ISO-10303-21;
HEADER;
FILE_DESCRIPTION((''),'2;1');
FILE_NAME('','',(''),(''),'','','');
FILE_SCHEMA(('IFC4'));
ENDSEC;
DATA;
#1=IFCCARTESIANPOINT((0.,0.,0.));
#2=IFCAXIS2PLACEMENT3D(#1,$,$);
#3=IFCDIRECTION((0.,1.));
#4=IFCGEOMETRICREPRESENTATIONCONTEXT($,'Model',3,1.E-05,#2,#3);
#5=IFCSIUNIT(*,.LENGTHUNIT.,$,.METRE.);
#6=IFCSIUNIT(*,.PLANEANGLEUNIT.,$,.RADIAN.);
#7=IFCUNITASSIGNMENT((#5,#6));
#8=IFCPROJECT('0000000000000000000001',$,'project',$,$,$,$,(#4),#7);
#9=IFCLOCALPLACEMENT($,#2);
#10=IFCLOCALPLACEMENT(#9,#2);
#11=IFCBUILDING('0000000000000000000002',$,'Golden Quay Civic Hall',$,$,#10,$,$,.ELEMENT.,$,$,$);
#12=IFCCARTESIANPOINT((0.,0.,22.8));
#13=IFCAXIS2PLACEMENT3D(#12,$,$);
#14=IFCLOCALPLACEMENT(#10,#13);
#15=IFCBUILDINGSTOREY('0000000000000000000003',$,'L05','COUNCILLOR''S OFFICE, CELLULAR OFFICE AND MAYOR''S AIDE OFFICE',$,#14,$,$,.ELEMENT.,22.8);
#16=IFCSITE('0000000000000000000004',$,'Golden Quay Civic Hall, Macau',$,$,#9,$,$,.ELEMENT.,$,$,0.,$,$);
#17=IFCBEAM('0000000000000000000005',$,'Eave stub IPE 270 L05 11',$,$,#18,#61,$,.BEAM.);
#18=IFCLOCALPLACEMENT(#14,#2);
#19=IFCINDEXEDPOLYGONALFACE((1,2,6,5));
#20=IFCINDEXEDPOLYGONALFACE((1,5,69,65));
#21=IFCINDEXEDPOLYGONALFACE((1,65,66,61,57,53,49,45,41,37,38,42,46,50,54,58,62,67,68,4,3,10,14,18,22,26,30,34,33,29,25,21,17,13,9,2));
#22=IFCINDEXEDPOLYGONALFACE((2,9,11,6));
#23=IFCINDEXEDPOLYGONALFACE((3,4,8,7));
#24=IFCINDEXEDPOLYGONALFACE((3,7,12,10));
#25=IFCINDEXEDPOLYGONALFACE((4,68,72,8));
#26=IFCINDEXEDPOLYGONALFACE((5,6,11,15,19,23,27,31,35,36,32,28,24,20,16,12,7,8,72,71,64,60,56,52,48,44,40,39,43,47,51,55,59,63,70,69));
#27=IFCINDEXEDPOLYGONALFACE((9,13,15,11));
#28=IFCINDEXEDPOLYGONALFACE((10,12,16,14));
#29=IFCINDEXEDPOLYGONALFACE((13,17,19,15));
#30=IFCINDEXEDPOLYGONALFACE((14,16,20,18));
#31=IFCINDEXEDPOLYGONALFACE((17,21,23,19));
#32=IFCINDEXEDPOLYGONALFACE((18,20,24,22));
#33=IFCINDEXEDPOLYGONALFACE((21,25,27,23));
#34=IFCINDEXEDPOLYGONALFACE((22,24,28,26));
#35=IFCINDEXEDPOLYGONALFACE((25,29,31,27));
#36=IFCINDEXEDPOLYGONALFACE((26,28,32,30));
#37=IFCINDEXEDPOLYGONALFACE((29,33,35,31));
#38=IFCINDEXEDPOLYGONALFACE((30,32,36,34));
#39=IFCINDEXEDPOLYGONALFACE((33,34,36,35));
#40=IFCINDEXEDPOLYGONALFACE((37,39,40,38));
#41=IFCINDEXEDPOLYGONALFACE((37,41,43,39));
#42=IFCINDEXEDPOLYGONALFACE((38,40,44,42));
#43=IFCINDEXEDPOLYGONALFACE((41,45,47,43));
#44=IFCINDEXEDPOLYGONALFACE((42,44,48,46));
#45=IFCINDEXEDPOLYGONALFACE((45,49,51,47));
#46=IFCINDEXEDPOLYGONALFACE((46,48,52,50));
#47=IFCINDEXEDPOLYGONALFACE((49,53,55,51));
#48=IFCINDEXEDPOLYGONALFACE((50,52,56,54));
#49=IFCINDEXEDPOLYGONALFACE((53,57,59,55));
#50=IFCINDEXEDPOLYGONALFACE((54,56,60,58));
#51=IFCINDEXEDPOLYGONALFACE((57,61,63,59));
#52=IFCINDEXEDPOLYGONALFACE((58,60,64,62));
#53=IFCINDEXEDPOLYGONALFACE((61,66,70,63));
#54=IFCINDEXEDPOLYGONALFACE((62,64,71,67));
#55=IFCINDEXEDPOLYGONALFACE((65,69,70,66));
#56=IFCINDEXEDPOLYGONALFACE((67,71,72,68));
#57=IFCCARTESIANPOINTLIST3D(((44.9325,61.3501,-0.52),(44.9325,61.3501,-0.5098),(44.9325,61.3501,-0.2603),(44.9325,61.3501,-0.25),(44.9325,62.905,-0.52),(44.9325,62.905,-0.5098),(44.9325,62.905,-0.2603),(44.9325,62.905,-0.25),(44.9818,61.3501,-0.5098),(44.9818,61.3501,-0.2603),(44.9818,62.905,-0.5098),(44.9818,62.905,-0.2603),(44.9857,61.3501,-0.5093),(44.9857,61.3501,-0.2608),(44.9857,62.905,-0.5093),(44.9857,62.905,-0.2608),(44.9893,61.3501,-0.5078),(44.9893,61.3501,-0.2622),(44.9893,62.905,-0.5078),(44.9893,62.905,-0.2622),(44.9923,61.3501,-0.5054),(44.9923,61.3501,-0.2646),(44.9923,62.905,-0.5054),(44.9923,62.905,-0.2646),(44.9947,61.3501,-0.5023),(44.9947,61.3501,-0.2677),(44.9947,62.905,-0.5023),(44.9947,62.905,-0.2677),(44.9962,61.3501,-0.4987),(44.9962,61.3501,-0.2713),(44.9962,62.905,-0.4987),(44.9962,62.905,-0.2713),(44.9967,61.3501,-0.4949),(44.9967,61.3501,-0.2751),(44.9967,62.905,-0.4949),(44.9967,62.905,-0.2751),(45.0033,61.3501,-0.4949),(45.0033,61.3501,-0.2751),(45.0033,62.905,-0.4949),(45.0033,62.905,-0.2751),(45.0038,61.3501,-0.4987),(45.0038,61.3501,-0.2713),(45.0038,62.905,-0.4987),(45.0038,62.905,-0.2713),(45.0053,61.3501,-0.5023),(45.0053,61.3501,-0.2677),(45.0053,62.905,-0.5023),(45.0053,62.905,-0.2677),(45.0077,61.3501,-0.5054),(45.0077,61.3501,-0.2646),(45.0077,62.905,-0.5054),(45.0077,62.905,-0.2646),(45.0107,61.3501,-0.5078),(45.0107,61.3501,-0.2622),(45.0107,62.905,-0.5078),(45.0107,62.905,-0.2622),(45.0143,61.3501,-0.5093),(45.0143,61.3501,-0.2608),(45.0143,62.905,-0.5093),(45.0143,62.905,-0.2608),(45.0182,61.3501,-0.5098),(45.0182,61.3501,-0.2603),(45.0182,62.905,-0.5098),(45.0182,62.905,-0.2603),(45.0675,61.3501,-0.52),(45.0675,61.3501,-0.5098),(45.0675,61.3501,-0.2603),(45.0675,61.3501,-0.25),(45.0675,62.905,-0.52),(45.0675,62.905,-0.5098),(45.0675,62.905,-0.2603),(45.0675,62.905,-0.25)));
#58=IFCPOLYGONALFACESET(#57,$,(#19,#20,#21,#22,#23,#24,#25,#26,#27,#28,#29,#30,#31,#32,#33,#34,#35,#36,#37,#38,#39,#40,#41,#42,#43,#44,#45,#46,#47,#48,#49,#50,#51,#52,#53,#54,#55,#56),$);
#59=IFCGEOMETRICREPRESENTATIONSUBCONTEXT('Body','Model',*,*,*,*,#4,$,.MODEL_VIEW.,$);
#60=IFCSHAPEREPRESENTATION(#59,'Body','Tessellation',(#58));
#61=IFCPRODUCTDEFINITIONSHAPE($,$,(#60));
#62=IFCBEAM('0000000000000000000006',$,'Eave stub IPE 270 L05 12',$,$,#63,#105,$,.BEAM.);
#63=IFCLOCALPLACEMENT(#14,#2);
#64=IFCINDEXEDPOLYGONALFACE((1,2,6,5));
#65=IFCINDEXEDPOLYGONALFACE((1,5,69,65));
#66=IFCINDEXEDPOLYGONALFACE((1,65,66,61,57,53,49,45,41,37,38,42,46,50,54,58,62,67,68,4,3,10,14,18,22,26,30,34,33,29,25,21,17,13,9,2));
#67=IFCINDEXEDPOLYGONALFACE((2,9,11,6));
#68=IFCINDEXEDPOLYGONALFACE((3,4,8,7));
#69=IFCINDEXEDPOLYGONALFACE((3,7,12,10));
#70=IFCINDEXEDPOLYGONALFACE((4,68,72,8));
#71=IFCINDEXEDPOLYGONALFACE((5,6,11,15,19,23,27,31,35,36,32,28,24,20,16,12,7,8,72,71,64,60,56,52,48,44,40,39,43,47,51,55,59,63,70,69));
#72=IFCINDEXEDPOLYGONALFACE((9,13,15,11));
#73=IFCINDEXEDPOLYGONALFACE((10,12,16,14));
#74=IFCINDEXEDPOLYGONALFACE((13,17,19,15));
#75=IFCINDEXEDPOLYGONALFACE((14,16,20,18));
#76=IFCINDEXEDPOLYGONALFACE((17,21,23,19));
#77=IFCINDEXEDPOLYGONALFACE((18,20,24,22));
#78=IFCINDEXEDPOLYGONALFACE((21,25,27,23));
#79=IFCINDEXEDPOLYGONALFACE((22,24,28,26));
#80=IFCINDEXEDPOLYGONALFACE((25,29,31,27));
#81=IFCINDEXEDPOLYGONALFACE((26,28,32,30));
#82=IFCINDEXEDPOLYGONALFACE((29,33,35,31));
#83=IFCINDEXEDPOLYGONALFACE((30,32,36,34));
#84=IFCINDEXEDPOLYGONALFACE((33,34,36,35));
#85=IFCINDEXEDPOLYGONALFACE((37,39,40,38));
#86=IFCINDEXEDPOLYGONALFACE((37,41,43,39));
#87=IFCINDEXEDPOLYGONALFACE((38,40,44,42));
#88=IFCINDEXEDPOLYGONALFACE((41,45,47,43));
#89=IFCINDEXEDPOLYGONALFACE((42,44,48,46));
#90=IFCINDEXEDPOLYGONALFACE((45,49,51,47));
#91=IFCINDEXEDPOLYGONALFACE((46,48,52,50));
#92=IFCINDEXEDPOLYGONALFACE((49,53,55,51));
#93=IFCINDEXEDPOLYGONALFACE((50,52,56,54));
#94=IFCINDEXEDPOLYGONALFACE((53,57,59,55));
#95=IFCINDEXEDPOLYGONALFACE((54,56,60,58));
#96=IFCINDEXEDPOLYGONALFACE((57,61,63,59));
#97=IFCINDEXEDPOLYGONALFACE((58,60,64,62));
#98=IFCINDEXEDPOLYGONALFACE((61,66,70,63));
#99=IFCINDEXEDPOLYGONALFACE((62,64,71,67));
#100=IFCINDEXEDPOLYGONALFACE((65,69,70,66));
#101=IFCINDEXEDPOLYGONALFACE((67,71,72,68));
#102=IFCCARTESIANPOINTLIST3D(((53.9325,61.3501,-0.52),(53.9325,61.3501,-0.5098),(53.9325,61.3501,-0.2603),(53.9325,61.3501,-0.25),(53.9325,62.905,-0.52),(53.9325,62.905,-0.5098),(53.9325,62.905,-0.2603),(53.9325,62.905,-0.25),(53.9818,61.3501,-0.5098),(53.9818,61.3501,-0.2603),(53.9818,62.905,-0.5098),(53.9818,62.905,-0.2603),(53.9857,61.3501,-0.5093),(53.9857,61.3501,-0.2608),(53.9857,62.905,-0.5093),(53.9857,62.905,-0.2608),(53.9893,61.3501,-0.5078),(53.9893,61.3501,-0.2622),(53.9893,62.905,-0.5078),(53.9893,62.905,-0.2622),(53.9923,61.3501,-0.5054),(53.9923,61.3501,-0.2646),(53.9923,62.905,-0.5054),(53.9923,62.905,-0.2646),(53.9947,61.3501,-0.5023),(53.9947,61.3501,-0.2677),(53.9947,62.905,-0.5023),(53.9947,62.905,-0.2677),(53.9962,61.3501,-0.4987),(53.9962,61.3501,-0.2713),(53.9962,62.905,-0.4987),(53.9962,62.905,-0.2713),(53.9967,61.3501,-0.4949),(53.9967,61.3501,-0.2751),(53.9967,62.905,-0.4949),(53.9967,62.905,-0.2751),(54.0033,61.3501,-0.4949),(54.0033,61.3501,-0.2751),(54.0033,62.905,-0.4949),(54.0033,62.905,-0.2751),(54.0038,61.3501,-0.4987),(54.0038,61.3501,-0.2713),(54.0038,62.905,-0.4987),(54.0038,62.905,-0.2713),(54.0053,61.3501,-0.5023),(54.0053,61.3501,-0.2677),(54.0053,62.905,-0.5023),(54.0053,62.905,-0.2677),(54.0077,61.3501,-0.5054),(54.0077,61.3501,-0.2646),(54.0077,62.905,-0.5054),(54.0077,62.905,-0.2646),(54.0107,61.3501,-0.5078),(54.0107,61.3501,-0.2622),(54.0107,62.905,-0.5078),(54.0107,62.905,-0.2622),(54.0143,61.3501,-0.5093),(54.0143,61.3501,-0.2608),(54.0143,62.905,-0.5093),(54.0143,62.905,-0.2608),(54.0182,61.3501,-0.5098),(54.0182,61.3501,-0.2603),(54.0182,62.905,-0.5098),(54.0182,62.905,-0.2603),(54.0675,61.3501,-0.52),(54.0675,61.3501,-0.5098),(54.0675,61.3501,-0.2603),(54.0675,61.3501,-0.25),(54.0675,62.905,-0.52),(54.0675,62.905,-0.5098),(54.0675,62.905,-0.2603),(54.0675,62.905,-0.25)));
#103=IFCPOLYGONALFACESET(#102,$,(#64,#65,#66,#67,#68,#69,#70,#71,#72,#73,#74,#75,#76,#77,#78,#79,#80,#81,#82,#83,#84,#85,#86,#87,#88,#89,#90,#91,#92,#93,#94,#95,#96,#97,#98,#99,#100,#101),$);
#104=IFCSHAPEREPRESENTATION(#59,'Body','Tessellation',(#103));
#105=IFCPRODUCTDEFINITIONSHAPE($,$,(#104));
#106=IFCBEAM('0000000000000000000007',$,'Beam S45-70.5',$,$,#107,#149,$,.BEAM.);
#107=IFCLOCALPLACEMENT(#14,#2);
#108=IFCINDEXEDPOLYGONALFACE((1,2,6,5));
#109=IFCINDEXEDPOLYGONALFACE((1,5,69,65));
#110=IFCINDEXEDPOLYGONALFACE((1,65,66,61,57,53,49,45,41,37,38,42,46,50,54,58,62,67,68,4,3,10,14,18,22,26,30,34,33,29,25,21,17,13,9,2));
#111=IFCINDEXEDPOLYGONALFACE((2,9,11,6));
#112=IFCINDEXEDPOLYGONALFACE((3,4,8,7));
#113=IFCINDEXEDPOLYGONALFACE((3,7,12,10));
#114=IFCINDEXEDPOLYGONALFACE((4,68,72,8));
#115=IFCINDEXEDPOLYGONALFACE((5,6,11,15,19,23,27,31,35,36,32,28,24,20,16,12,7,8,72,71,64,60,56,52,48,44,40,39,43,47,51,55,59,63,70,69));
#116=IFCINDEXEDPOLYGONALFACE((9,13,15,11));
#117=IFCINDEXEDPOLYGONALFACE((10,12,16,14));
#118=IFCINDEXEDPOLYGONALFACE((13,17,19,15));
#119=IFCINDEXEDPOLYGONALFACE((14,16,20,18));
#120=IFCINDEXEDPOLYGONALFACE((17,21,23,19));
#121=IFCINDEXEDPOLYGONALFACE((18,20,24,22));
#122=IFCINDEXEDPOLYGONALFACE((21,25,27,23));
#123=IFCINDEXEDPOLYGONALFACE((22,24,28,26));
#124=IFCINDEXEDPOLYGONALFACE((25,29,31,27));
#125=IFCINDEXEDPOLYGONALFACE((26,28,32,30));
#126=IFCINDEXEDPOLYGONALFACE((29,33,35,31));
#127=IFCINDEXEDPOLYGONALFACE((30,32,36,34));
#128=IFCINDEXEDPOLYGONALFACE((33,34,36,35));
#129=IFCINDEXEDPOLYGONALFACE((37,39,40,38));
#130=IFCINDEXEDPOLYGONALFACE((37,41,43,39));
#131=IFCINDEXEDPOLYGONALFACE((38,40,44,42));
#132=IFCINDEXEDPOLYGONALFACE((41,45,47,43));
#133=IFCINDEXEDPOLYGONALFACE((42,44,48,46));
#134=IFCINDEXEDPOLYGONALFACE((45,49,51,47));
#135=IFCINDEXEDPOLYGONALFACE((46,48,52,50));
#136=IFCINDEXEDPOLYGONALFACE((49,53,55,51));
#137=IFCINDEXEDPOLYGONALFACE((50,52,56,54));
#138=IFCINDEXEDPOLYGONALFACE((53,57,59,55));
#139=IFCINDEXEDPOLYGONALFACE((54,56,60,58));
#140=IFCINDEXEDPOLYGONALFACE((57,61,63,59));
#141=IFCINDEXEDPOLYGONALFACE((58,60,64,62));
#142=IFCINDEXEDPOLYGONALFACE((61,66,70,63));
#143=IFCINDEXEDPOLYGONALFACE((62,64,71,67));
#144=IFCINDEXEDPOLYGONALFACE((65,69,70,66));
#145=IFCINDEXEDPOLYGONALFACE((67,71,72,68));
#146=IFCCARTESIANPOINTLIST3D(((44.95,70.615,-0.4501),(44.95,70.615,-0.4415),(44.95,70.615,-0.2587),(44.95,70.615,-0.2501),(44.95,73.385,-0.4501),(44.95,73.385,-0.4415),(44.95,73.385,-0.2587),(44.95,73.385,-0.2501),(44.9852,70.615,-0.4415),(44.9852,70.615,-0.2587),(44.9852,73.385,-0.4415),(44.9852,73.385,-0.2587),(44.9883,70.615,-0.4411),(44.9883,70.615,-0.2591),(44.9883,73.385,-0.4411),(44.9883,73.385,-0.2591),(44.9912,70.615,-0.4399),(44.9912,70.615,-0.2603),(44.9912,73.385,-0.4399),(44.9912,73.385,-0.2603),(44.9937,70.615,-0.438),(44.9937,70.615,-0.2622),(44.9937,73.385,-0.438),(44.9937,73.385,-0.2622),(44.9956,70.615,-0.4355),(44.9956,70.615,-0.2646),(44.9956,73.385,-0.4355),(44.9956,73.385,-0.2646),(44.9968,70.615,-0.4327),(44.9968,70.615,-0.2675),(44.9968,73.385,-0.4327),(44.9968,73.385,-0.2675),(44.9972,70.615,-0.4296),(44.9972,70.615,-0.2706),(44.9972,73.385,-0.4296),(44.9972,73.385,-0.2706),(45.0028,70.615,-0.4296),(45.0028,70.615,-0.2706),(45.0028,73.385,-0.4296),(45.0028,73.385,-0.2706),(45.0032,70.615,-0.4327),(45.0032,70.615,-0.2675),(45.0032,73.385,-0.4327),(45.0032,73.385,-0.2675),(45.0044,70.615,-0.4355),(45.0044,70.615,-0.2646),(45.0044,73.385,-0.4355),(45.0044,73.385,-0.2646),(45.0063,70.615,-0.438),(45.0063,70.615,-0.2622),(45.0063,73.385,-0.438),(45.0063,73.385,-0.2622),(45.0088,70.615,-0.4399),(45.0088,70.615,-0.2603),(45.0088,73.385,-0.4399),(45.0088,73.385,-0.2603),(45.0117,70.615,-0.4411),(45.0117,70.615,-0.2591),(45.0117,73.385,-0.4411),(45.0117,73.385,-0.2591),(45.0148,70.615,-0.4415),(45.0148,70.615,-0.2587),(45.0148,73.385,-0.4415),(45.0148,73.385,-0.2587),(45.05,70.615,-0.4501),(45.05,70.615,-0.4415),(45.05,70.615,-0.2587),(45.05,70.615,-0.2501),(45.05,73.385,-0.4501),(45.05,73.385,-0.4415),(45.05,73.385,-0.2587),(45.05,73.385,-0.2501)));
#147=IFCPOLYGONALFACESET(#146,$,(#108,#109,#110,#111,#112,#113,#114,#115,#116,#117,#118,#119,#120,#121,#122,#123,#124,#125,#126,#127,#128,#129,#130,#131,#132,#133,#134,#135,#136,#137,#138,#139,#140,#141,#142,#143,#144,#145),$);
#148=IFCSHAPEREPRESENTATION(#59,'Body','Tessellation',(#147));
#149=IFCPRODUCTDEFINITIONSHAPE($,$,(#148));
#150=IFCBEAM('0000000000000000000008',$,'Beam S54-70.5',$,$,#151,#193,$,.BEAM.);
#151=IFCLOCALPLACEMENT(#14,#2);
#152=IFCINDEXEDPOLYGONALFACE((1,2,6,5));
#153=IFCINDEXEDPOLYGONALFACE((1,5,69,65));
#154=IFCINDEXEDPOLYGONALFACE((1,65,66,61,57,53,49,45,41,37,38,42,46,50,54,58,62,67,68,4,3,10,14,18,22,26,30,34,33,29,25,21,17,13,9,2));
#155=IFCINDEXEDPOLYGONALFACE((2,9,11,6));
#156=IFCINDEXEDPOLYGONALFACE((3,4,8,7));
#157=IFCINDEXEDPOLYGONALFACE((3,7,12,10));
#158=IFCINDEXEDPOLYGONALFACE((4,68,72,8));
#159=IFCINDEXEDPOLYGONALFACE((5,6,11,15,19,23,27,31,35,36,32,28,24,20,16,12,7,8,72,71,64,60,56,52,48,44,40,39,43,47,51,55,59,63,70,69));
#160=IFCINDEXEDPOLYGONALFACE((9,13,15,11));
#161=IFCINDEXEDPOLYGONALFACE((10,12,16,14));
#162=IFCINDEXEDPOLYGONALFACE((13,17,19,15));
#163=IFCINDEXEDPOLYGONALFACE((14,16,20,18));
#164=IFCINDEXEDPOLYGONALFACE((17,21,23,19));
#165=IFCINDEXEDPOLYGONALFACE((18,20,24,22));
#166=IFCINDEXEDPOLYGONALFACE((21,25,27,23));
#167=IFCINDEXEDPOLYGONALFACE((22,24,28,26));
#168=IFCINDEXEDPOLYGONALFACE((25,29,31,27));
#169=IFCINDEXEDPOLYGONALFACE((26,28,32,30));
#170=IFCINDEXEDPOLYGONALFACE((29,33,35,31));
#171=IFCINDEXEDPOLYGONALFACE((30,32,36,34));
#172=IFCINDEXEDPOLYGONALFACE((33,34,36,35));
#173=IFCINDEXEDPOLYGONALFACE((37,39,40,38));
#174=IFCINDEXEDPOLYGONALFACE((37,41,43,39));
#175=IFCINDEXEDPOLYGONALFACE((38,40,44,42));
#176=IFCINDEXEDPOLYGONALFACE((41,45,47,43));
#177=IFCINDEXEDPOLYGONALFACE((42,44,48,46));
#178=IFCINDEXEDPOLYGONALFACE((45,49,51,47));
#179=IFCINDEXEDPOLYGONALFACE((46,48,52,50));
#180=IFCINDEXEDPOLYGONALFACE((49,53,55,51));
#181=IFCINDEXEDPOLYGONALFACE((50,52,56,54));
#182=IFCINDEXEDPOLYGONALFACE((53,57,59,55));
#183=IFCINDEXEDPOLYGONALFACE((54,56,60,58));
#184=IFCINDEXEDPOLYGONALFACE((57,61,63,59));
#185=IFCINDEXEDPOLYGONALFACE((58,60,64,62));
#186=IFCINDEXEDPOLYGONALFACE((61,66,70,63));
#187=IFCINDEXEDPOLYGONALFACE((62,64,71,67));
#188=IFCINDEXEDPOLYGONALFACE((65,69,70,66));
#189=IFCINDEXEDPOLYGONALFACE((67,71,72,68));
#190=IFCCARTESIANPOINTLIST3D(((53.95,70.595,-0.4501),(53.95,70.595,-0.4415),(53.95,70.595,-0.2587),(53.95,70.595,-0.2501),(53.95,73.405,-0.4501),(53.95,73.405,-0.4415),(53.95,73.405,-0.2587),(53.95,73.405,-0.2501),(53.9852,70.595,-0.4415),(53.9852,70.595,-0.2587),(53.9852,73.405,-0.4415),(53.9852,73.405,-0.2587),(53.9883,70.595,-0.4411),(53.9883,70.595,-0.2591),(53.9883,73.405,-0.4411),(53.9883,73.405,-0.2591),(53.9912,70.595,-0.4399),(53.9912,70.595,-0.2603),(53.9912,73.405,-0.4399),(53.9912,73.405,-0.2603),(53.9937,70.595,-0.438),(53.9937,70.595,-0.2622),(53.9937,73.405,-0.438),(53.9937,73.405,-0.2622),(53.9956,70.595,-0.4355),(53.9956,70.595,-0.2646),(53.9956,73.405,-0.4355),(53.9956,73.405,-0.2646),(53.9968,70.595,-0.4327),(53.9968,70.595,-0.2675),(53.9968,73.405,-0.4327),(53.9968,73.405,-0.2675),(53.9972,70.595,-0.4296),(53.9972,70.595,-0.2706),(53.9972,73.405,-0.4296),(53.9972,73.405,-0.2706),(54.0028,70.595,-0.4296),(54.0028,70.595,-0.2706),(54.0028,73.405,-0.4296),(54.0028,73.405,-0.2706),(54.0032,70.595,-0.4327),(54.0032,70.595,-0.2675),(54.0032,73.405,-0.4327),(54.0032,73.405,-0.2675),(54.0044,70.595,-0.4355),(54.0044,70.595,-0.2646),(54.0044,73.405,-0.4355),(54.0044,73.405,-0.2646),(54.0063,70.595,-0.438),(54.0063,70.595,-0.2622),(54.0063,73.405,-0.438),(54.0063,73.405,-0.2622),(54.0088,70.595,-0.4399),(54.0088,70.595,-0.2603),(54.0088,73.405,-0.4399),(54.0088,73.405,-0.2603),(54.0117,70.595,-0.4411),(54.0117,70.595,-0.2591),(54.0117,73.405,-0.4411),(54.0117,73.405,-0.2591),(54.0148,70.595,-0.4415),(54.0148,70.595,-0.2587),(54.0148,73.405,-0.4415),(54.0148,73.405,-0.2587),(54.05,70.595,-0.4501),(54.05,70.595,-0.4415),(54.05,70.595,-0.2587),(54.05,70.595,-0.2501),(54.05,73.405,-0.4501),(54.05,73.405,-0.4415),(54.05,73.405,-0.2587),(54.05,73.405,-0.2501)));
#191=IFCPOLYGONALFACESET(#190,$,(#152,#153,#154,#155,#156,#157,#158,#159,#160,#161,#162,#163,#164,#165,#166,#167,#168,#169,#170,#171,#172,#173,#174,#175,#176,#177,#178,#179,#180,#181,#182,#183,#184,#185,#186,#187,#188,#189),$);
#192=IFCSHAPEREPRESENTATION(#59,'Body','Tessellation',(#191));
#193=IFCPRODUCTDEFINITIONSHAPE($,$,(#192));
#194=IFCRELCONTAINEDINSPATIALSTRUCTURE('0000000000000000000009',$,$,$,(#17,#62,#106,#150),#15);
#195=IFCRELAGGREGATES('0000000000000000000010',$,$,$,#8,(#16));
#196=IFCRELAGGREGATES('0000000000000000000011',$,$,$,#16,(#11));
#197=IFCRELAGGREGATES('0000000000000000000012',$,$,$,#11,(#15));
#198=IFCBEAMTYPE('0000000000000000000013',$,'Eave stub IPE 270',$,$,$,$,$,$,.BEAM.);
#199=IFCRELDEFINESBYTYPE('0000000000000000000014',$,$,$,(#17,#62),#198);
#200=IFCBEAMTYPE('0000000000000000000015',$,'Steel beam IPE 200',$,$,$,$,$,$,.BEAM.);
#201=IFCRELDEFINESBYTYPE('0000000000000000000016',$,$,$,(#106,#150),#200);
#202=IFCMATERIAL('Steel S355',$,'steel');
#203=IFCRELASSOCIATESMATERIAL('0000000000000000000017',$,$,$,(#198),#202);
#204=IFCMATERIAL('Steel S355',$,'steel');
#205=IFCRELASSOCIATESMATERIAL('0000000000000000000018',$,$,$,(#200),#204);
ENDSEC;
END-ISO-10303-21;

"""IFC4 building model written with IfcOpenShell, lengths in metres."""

from ifc_helpers import new_model, si_unit, direction, frame, origin, origin_2d, place, context, subcontext, project, spatial, i_section, extrude, material, material_profile, profile_set, type_object, element, save


model = new_model("IFC4")

# Units and contexts
model_context = context("Model", 3, precision=1e-05, world=origin(), true_north=direction((0.0, 1.0)))
body_context = subcontext(model_context, "Body", "Model", "MODEL_VIEW")
ifc_project = project(units=[si_unit("LENGTHUNIT", "METRE"), si_unit("PLANEANGLEUNIT", "RADIAN")], contexts=[model_context])

# Site, building, storey
site_placement = place(None, origin())
site = spatial("IfcSite", under=ifc_project, at=site_placement, Name="Golden Quay Civic Hall, Macau", CompositionType="ELEMENT", RefElevation=0.0)
building_placement = place(site_placement, origin())
building = spatial("IfcBuilding", under=site, at=building_placement, Name="Golden Quay Civic Hall", CompositionType="ELEMENT")
storey_placement = place(building_placement, frame((0.0, 0.0, 22.8)))
storey = spatial("IfcBuildingStorey", under=building, at=storey_placement, Name="L05", Description="COUNCILLOR'S OFFICE, CELLULAR OFFICE AND MAYOR'S AIDE OFFICE", CompositionType="ELEMENT", Elevation=22.8)

# Beams
ifc_material_1 = material(Name="Steel S355", Category="steel")
ifc_material_profile_1 = material_profile(ifc_material_1, i_section(OverallWidth=0.135, OverallDepth=0.27, WebThickness=0.0066, FlangeThickness=0.0103, FilletRadius=0.0149, at=origin_2d()), Name="IPE 270")
ifc_profile_set_1 = profile_set([ifc_material_profile_1], Name="Steel S355")
beam_type_1 = type_object("IfcBeamType", Name="Eave stub IPE 270", PredefinedType="BEAM", material=ifc_profile_set_1)
for number, where, z_axis, x_axis, name in (
    (1, (45.0, 62.905, -0.385), (0.0, -1.0, 0.0), (1.0, 0.0, 0.0), "Eave stub IPE 270 L05 11"),
    (2, (54.0, 62.905, -0.385), (0.0, -1.0, 0.0), (1.0, 0.0, 0.0), "Eave stub IPE 270 L05 12"),
):
    element("IfcBeam", number, at=place(storey_placement, frame(where, z_axis=z_axis, x_axis=x_axis)), inside=storey, type_object=beam_type_1, Name=name, PredefinedType="BEAM", context=body_context, shape_type="SweptSolid", body=[
        extrude(i_section(OverallWidth=0.135, OverallDepth=0.27, WebThickness=0.0066, FlangeThickness=0.0103, FilletRadius=0.0149, at=origin_2d()), origin(), (0.0, 0.0, 1.0), 1.5549),
    ])
ifc_material_2 = material(Name="Steel S355", Category="steel")
ifc_material_profile_2 = material_profile(ifc_material_2, i_section(OverallWidth=0.1001, OverallDepth=0.2, WebThickness=0.0056, FlangeThickness=0.0085, FilletRadius=0.012, at=origin_2d()), Name="IPE 200")
ifc_profile_set_2 = profile_set([ifc_material_profile_2], Name="Steel S355")
beam_type_2 = type_object("IfcBeamType", Name="Steel beam IPE 200", PredefinedType="BEAM", material=ifc_profile_set_2)
beam_1_placement = place(storey_placement, frame((45.0, 70.615, -0.3501), z_axis=(0.0, 1.0, 0.0), x_axis=(-1.0, 0.0, 0.0)))
element("IfcBeam", 3, at=beam_1_placement, inside=storey, type_object=beam_type_2, Name="Beam S45-70.5", PredefinedType="BEAM", context=body_context, shape_type="SweptSolid", body=[
    extrude(i_section(OverallWidth=0.1001, OverallDepth=0.2, WebThickness=0.0056, FlangeThickness=0.0085, FilletRadius=0.012, at=origin_2d()), origin(), (0.0, 0.0, 1.0), 2.77),
])
beam_2_placement = place(storey_placement, frame((54.0, 70.595, -0.3501), z_axis=(0.0, 1.0, 0.0), x_axis=(-1.0, 0.0, 0.0)))
element("IfcBeam", 4, at=beam_2_placement, inside=storey, type_object=beam_type_2, Name="Beam S54-70.5", PredefinedType="BEAM", context=body_context, shape_type="SweptSolid", body=[
    extrude(i_section(OverallWidth=0.1001, OverallDepth=0.2, WebThickness=0.0056, FlangeThickness=0.0085, FilletRadius=0.012, at=origin_2d()), origin(), (0.0, 0.0, 1.0), 2.8101),
])

save(model, "model.ifc")
